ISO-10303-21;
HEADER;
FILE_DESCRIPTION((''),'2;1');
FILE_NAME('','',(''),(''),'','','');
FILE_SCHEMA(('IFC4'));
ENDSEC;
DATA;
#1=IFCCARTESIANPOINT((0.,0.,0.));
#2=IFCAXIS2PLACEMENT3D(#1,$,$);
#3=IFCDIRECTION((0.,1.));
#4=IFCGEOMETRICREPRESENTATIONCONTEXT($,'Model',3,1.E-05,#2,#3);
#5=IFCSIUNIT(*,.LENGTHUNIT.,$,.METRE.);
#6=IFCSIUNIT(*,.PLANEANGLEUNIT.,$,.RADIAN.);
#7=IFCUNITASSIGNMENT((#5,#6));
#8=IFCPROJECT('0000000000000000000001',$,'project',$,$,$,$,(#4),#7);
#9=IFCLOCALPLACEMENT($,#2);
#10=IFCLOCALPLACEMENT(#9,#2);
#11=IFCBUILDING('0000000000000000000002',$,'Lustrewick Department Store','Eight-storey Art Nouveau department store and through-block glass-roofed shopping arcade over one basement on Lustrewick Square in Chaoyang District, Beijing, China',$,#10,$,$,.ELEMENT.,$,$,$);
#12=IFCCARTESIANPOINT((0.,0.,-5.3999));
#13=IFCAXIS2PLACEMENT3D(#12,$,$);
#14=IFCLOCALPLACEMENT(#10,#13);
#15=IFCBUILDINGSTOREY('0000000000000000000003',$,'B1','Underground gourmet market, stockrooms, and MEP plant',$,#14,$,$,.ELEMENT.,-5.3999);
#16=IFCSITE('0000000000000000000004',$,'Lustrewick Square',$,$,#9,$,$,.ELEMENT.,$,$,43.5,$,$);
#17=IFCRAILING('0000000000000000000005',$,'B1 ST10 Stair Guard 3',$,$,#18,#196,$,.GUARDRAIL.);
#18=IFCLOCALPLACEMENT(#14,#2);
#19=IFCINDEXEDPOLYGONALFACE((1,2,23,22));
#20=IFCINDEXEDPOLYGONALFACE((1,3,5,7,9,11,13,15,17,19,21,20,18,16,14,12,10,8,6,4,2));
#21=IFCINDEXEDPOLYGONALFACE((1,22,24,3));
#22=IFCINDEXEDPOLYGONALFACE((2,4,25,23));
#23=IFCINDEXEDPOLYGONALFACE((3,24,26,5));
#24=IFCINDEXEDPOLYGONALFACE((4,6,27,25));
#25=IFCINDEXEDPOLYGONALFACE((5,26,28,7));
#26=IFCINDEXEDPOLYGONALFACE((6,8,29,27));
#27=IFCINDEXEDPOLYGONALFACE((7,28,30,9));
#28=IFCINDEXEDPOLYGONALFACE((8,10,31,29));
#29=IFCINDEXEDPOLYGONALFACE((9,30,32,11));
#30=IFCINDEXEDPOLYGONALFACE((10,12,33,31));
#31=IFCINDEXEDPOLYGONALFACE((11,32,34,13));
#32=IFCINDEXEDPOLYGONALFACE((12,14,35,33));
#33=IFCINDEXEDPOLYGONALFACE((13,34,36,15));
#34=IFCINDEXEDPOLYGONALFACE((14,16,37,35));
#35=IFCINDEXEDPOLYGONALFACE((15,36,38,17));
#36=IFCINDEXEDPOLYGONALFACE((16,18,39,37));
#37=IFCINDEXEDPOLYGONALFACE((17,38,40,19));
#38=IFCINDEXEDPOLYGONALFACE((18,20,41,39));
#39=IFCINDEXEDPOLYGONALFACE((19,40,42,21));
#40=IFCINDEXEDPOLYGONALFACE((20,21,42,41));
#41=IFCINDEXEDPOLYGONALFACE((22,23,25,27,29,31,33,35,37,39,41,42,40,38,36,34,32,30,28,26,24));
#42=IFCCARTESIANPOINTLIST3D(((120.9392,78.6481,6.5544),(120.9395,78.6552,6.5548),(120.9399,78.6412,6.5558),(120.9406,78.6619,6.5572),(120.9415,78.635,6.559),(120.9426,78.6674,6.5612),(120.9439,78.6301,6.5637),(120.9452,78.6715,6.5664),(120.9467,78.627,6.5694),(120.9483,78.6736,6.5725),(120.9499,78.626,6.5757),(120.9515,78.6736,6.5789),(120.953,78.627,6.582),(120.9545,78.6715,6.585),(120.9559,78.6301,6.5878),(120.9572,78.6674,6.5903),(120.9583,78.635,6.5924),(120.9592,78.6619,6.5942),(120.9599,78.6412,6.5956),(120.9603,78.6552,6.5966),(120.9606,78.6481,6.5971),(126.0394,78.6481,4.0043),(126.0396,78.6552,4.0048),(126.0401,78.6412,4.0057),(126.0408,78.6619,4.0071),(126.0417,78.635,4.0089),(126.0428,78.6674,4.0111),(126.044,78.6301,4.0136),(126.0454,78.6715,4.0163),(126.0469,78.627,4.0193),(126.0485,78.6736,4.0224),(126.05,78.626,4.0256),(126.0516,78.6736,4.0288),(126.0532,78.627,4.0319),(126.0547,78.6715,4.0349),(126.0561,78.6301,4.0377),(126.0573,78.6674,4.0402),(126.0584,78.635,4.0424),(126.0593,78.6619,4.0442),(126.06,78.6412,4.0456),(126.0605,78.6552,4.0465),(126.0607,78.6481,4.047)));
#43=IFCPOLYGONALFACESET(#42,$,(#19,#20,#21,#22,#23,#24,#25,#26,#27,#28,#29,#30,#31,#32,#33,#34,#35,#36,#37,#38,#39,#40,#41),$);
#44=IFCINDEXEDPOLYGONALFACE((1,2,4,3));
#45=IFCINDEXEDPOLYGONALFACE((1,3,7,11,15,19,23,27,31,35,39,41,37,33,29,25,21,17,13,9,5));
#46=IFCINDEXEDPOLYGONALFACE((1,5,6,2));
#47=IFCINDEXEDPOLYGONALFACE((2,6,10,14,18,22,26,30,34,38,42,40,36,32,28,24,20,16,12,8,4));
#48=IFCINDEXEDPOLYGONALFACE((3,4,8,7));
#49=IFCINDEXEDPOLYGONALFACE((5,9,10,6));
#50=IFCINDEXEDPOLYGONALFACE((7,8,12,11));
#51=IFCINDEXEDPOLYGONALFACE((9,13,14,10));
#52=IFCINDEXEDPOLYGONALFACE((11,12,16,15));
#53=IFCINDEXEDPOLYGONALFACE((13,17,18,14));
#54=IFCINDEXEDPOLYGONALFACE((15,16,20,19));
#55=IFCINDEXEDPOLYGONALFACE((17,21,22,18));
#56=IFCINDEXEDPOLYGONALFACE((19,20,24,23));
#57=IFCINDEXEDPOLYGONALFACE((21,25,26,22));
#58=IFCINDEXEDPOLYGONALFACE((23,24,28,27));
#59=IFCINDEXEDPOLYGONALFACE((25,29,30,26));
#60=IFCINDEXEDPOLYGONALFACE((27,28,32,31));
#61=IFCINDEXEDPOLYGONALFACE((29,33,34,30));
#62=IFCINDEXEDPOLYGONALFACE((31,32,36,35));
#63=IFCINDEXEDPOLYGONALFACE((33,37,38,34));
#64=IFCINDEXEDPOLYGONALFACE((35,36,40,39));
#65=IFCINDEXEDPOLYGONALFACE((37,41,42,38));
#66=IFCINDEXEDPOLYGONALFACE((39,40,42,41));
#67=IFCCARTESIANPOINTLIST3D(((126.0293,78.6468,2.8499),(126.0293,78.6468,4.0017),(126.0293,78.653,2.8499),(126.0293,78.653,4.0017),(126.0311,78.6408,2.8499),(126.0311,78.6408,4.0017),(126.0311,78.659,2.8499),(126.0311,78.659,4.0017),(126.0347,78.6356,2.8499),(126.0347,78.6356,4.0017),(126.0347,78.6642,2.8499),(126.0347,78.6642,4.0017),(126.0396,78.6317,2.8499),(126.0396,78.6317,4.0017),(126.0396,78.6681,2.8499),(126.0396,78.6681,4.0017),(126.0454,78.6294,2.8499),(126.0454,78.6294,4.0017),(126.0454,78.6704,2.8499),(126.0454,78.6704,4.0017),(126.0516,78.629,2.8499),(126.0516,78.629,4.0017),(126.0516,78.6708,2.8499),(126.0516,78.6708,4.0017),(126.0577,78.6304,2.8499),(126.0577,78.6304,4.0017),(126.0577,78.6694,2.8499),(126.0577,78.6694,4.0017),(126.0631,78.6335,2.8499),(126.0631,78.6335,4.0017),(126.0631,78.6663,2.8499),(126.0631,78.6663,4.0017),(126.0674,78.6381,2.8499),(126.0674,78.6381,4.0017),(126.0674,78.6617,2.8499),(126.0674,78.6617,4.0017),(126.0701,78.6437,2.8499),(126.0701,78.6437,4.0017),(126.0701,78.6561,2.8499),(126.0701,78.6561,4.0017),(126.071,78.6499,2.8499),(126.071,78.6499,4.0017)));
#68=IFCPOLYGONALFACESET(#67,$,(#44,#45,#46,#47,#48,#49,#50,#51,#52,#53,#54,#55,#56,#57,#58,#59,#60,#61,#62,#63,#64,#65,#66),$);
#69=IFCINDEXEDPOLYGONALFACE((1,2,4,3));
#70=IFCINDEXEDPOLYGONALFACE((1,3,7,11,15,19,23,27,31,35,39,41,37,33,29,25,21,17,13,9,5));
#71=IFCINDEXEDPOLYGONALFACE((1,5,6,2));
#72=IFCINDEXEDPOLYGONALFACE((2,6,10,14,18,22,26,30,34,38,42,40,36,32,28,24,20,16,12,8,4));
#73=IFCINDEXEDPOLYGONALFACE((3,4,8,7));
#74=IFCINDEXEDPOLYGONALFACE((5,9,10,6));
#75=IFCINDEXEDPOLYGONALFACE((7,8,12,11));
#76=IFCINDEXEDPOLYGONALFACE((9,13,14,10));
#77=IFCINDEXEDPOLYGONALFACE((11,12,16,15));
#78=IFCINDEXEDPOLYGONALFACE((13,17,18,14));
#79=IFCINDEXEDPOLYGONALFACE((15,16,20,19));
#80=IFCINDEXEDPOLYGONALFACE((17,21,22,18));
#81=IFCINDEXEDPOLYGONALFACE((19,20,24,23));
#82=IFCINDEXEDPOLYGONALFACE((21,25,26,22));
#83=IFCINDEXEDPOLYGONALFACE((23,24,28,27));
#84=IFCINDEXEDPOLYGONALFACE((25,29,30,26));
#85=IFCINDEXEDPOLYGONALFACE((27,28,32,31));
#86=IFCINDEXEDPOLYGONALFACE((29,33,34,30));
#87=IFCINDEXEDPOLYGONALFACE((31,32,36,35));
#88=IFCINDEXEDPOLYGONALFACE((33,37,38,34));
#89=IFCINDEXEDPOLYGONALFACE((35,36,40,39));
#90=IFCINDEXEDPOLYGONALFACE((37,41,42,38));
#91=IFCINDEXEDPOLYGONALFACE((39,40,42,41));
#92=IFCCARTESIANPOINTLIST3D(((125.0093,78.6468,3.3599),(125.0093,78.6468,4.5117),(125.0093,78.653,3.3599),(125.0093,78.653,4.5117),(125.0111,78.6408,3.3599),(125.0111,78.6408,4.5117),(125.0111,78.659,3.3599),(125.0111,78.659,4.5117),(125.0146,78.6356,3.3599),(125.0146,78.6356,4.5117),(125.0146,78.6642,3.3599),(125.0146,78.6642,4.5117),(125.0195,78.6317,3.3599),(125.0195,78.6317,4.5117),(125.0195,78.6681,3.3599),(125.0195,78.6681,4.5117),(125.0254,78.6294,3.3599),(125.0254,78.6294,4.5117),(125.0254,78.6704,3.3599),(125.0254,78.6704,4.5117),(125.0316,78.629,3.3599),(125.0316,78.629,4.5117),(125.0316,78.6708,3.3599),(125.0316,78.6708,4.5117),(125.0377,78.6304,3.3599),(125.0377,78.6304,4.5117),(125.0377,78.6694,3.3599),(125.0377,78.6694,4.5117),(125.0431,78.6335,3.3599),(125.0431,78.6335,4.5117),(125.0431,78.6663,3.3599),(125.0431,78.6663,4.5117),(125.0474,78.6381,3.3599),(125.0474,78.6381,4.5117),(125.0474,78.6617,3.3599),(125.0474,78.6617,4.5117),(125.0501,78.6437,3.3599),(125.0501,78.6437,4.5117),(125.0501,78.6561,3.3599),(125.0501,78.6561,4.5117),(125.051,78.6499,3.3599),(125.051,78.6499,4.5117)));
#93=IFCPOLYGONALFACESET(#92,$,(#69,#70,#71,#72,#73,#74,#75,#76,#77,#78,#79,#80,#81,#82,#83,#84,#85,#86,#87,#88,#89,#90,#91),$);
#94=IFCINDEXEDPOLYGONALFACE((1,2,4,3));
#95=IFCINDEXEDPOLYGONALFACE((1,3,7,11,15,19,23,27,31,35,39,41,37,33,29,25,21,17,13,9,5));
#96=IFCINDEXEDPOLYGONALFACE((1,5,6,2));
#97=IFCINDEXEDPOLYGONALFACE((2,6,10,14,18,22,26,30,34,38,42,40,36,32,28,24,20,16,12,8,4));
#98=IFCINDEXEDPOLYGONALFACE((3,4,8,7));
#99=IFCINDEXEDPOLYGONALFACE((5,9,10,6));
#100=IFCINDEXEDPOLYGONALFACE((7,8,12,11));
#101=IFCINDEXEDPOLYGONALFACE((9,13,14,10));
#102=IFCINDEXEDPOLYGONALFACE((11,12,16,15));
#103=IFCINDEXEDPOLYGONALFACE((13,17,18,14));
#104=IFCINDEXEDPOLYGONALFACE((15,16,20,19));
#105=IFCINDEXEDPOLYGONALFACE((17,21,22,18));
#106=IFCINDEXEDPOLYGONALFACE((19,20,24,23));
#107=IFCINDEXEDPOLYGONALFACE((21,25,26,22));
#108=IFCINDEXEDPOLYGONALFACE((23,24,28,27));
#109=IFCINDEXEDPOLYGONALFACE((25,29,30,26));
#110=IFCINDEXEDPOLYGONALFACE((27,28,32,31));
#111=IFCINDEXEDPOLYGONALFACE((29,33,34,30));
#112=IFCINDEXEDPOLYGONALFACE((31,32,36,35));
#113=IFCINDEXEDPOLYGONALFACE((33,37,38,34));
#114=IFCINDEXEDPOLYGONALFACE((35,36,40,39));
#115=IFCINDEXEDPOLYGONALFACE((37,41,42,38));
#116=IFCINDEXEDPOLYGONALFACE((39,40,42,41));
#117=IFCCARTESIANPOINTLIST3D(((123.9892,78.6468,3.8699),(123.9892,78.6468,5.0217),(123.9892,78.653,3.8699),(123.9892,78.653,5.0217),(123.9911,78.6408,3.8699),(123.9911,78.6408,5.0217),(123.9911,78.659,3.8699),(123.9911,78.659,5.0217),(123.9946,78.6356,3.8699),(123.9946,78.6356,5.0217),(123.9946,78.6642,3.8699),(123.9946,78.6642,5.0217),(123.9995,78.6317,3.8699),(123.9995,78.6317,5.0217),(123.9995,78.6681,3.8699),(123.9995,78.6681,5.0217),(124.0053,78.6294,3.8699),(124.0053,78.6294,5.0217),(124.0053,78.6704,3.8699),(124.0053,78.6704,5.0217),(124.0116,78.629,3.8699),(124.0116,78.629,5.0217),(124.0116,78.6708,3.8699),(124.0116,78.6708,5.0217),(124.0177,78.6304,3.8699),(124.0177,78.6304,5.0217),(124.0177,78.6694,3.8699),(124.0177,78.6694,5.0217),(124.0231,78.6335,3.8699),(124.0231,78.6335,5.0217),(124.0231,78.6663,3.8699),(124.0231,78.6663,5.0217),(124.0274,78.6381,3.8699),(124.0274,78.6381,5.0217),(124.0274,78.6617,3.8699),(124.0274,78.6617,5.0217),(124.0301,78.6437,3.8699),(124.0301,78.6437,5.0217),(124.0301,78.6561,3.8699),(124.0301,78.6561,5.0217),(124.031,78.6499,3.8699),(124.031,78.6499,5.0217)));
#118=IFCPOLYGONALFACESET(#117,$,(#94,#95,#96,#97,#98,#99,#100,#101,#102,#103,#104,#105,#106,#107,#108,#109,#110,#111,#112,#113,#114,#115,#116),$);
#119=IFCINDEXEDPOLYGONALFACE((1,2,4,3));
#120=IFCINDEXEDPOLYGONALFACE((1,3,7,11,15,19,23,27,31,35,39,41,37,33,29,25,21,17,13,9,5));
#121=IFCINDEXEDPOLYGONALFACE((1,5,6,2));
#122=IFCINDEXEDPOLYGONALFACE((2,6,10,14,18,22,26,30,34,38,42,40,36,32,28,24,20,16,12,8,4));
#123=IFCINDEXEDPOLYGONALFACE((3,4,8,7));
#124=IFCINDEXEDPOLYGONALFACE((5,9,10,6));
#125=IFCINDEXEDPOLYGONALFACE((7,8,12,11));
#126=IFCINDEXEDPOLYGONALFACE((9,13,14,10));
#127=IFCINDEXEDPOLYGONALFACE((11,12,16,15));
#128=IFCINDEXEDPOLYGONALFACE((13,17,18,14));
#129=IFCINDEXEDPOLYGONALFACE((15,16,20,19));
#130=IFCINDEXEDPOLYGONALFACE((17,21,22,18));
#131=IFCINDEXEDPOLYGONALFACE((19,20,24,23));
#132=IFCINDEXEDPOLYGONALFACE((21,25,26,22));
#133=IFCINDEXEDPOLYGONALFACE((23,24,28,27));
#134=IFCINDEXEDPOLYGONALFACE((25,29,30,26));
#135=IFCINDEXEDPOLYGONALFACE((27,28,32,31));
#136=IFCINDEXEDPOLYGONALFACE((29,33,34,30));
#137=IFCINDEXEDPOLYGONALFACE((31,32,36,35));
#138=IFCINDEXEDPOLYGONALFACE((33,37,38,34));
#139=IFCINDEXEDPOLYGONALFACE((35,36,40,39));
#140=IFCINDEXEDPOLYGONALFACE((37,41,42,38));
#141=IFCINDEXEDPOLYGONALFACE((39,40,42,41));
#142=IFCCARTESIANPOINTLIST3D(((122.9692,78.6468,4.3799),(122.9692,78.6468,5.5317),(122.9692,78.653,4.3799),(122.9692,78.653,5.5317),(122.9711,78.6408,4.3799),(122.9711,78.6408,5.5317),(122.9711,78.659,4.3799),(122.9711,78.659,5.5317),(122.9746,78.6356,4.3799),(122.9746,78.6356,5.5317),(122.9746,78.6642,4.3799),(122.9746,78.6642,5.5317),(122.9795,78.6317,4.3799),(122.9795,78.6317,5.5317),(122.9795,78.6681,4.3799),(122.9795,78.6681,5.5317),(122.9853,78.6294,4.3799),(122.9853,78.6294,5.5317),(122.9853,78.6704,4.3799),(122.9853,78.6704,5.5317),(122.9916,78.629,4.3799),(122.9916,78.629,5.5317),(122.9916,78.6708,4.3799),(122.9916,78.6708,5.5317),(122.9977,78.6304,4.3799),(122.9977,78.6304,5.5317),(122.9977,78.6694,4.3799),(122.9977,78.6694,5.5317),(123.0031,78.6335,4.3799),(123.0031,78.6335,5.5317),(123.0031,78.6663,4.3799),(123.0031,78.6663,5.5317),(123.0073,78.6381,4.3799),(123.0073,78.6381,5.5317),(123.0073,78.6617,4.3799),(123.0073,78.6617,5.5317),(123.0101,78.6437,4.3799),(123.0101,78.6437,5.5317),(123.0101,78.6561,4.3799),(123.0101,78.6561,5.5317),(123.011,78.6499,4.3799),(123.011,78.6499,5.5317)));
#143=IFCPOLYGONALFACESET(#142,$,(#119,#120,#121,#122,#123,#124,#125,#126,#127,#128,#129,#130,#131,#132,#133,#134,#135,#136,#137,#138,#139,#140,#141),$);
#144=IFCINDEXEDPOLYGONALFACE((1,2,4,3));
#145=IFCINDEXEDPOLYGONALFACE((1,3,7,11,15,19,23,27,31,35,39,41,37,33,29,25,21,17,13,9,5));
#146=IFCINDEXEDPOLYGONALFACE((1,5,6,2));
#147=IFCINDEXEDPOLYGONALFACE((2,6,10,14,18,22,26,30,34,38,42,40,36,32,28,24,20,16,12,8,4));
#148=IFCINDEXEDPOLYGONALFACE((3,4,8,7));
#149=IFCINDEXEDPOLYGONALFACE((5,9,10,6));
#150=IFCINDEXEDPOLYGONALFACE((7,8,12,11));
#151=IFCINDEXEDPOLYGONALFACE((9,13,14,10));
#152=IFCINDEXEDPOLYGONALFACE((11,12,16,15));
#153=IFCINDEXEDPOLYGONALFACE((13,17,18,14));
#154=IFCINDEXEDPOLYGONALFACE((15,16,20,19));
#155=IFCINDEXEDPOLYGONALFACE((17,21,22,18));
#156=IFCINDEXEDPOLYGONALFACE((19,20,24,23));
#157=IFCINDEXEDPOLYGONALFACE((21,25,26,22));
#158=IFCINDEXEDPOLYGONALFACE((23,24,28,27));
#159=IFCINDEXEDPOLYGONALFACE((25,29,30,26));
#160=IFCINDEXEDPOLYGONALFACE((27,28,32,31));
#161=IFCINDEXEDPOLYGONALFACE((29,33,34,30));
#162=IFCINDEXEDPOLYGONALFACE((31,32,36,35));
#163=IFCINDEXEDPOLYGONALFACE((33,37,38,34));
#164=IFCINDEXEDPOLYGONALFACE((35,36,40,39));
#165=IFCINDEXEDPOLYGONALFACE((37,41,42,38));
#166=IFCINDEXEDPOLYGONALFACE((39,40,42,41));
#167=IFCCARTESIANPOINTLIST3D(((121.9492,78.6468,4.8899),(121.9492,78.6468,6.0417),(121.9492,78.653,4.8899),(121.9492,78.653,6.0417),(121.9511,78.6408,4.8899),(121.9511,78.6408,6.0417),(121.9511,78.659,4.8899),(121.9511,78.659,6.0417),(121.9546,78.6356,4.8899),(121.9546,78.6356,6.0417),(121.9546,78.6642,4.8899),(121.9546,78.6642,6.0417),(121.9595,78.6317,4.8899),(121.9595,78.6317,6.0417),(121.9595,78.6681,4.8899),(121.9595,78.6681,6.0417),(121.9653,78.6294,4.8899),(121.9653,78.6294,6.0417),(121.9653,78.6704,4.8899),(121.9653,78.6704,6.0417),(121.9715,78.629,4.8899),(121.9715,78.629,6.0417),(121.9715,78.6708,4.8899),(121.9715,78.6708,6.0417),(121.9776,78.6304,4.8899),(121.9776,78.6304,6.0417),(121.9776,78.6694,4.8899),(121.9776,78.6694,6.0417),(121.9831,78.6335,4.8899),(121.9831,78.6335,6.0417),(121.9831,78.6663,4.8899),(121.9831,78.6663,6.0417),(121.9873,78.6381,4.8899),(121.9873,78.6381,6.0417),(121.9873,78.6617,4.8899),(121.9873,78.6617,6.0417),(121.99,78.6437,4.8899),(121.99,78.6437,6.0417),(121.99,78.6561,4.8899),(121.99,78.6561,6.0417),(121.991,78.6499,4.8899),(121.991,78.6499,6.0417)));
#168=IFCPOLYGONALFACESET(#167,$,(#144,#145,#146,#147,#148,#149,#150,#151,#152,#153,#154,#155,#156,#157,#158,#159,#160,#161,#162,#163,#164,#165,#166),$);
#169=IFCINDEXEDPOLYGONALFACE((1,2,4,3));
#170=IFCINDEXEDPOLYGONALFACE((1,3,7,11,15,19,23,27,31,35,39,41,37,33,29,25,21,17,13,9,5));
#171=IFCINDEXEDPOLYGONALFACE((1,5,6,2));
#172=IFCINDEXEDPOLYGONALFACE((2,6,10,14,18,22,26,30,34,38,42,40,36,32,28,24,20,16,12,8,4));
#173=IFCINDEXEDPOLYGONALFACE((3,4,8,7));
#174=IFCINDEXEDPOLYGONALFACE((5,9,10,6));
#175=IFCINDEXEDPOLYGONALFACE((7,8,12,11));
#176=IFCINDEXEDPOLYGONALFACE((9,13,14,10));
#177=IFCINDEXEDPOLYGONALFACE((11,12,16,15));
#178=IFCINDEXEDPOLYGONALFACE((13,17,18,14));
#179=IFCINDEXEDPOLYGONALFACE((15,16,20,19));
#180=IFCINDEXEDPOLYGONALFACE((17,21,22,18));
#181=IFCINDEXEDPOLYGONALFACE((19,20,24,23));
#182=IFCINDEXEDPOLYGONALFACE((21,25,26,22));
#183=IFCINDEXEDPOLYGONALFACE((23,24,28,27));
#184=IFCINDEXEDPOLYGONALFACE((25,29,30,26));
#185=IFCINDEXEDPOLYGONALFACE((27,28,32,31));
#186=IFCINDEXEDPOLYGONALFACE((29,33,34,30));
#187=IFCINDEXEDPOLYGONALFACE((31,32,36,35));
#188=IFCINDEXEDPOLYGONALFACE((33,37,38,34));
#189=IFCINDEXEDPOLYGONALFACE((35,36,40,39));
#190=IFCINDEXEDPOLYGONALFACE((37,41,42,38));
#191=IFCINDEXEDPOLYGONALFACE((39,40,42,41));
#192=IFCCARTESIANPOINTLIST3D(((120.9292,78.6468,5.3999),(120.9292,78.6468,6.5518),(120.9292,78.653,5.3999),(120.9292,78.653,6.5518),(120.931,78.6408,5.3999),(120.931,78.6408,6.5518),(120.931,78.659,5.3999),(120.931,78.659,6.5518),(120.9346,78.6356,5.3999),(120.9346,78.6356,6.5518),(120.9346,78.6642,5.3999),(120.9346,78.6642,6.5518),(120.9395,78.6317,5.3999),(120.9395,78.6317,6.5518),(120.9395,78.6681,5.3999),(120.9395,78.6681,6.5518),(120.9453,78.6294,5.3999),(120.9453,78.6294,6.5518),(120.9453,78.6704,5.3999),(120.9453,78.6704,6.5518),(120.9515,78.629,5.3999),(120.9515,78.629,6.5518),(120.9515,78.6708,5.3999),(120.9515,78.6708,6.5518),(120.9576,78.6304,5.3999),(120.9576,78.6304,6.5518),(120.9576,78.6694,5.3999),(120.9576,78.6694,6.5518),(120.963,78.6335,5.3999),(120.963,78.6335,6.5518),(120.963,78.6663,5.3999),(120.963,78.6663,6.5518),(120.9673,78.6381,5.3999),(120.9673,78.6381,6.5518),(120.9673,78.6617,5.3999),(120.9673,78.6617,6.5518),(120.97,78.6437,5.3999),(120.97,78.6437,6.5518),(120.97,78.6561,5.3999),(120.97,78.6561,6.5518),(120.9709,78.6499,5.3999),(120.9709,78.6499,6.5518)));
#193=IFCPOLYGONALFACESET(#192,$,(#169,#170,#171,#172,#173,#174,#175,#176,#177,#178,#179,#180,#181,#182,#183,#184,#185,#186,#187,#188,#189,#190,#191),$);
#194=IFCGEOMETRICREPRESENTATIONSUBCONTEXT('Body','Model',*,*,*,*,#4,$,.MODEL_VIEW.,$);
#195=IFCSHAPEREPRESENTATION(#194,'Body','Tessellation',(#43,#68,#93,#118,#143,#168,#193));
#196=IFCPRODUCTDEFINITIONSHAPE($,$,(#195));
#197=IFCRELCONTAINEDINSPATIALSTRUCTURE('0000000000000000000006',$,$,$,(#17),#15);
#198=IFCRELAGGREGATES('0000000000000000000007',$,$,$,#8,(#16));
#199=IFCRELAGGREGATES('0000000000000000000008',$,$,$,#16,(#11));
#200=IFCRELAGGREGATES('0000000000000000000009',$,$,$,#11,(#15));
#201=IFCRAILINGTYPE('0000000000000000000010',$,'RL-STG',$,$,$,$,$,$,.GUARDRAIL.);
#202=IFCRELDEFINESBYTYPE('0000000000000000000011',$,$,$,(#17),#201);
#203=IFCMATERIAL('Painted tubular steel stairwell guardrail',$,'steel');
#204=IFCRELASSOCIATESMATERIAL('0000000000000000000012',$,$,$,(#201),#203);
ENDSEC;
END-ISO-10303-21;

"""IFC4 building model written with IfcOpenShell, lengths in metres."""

from ifc_helpers import new_model, si_unit, direction, frame, origin, origin_2d, place, context, subcontext, project, spatial, circle, extrude, material, type_object, element, save


model = new_model("IFC4")

# Units and contexts
model_context = context("Model", 3, precision=1e-05, world=origin(), true_north=direction((0.0, 1.0)))
body_context = subcontext(model_context, "Body", "Model", "MODEL_VIEW")
ifc_project = project(units=[si_unit("LENGTHUNIT", "METRE"), si_unit("PLANEANGLEUNIT", "RADIAN")], contexts=[model_context])

# Site, building, storey
site_placement = place(None, origin())
site = spatial("IfcSite", under=ifc_project, at=site_placement, Name="Lustrewick Square", CompositionType="ELEMENT", RefElevation=43.5)
building_placement = place(site_placement, origin())
building = spatial("IfcBuilding", under=site, at=building_placement, Name="Lustrewick Department Store", Description="Eight-storey Art Nouveau department store and through-block glass-roofed shopping arcade over one basement on Lustrewick Square in Chaoyang District, Beijing, China", CompositionType="ELEMENT")
storey_placement = place(building_placement, frame((0.0, 0.0, -5.3999)))
storey = spatial("IfcBuildingStorey", under=building, at=storey_placement, Name="B1", Description="Underground gourmet market, stockrooms, and MEP plant", CompositionType="ELEMENT", Elevation=-5.3999)

# Railing
ifc_material_1 = material(Name="Painted tubular steel stairwell guardrail", Category="steel")
railing_type_1 = type_object("IfcRailingType", Name="RL-STG", PredefinedType="GUARDRAIL", material=ifc_material_1)
railing_1_placement = place(storey_placement, frame((126.05, 78.6499, 2.8499)))
element("IfcRailing", 1, at=railing_1_placement, inside=storey, type_object=railing_type_1, Name="B1 ST10 Stair Guard 3", PredefinedType="GUARDRAIL", context=body_context, shape_type="SweptSolid", body=[
    extrude(circle(Radius=0.0239, at=origin_2d()), frame((0.0, 0.0, 1.1758), z_axis=(-0.894427, 0.0, 0.447214), x_axis=(0.0, -1.0, 0.0)), (0.0, 0.0, 1.0), 5.7021),
    extrude(circle(Radius=0.021, at=origin_2d()), origin(), (0.0, 0.0, 1.0), 1.1519),
    extrude(circle(Radius=0.021, at=origin_2d()), frame((-1.02, 0.0, 0.51)), (0.0, 0.0, 1.0), 1.1519),
    extrude(circle(Radius=0.021, at=origin_2d()), frame((-2.04, 0.0, 1.02)), (0.0, 0.0, 1.0), 1.1519),
    extrude(circle(Radius=0.021, at=origin_2d()), frame((-3.0601, 0.0, 1.53)), (0.0, 0.0, 1.0), 1.1519),
    extrude(circle(Radius=0.021, at=origin_2d()), frame((-4.0801, 0.0, 2.04)), (0.0, 0.0, 1.0), 1.1519),
    extrude(circle(Radius=0.021, at=origin_2d()), frame((-5.1001, 0.0, 2.55)), (0.0, 0.0, 1.0), 1.1519),
])

save(model, "model.ifc")
